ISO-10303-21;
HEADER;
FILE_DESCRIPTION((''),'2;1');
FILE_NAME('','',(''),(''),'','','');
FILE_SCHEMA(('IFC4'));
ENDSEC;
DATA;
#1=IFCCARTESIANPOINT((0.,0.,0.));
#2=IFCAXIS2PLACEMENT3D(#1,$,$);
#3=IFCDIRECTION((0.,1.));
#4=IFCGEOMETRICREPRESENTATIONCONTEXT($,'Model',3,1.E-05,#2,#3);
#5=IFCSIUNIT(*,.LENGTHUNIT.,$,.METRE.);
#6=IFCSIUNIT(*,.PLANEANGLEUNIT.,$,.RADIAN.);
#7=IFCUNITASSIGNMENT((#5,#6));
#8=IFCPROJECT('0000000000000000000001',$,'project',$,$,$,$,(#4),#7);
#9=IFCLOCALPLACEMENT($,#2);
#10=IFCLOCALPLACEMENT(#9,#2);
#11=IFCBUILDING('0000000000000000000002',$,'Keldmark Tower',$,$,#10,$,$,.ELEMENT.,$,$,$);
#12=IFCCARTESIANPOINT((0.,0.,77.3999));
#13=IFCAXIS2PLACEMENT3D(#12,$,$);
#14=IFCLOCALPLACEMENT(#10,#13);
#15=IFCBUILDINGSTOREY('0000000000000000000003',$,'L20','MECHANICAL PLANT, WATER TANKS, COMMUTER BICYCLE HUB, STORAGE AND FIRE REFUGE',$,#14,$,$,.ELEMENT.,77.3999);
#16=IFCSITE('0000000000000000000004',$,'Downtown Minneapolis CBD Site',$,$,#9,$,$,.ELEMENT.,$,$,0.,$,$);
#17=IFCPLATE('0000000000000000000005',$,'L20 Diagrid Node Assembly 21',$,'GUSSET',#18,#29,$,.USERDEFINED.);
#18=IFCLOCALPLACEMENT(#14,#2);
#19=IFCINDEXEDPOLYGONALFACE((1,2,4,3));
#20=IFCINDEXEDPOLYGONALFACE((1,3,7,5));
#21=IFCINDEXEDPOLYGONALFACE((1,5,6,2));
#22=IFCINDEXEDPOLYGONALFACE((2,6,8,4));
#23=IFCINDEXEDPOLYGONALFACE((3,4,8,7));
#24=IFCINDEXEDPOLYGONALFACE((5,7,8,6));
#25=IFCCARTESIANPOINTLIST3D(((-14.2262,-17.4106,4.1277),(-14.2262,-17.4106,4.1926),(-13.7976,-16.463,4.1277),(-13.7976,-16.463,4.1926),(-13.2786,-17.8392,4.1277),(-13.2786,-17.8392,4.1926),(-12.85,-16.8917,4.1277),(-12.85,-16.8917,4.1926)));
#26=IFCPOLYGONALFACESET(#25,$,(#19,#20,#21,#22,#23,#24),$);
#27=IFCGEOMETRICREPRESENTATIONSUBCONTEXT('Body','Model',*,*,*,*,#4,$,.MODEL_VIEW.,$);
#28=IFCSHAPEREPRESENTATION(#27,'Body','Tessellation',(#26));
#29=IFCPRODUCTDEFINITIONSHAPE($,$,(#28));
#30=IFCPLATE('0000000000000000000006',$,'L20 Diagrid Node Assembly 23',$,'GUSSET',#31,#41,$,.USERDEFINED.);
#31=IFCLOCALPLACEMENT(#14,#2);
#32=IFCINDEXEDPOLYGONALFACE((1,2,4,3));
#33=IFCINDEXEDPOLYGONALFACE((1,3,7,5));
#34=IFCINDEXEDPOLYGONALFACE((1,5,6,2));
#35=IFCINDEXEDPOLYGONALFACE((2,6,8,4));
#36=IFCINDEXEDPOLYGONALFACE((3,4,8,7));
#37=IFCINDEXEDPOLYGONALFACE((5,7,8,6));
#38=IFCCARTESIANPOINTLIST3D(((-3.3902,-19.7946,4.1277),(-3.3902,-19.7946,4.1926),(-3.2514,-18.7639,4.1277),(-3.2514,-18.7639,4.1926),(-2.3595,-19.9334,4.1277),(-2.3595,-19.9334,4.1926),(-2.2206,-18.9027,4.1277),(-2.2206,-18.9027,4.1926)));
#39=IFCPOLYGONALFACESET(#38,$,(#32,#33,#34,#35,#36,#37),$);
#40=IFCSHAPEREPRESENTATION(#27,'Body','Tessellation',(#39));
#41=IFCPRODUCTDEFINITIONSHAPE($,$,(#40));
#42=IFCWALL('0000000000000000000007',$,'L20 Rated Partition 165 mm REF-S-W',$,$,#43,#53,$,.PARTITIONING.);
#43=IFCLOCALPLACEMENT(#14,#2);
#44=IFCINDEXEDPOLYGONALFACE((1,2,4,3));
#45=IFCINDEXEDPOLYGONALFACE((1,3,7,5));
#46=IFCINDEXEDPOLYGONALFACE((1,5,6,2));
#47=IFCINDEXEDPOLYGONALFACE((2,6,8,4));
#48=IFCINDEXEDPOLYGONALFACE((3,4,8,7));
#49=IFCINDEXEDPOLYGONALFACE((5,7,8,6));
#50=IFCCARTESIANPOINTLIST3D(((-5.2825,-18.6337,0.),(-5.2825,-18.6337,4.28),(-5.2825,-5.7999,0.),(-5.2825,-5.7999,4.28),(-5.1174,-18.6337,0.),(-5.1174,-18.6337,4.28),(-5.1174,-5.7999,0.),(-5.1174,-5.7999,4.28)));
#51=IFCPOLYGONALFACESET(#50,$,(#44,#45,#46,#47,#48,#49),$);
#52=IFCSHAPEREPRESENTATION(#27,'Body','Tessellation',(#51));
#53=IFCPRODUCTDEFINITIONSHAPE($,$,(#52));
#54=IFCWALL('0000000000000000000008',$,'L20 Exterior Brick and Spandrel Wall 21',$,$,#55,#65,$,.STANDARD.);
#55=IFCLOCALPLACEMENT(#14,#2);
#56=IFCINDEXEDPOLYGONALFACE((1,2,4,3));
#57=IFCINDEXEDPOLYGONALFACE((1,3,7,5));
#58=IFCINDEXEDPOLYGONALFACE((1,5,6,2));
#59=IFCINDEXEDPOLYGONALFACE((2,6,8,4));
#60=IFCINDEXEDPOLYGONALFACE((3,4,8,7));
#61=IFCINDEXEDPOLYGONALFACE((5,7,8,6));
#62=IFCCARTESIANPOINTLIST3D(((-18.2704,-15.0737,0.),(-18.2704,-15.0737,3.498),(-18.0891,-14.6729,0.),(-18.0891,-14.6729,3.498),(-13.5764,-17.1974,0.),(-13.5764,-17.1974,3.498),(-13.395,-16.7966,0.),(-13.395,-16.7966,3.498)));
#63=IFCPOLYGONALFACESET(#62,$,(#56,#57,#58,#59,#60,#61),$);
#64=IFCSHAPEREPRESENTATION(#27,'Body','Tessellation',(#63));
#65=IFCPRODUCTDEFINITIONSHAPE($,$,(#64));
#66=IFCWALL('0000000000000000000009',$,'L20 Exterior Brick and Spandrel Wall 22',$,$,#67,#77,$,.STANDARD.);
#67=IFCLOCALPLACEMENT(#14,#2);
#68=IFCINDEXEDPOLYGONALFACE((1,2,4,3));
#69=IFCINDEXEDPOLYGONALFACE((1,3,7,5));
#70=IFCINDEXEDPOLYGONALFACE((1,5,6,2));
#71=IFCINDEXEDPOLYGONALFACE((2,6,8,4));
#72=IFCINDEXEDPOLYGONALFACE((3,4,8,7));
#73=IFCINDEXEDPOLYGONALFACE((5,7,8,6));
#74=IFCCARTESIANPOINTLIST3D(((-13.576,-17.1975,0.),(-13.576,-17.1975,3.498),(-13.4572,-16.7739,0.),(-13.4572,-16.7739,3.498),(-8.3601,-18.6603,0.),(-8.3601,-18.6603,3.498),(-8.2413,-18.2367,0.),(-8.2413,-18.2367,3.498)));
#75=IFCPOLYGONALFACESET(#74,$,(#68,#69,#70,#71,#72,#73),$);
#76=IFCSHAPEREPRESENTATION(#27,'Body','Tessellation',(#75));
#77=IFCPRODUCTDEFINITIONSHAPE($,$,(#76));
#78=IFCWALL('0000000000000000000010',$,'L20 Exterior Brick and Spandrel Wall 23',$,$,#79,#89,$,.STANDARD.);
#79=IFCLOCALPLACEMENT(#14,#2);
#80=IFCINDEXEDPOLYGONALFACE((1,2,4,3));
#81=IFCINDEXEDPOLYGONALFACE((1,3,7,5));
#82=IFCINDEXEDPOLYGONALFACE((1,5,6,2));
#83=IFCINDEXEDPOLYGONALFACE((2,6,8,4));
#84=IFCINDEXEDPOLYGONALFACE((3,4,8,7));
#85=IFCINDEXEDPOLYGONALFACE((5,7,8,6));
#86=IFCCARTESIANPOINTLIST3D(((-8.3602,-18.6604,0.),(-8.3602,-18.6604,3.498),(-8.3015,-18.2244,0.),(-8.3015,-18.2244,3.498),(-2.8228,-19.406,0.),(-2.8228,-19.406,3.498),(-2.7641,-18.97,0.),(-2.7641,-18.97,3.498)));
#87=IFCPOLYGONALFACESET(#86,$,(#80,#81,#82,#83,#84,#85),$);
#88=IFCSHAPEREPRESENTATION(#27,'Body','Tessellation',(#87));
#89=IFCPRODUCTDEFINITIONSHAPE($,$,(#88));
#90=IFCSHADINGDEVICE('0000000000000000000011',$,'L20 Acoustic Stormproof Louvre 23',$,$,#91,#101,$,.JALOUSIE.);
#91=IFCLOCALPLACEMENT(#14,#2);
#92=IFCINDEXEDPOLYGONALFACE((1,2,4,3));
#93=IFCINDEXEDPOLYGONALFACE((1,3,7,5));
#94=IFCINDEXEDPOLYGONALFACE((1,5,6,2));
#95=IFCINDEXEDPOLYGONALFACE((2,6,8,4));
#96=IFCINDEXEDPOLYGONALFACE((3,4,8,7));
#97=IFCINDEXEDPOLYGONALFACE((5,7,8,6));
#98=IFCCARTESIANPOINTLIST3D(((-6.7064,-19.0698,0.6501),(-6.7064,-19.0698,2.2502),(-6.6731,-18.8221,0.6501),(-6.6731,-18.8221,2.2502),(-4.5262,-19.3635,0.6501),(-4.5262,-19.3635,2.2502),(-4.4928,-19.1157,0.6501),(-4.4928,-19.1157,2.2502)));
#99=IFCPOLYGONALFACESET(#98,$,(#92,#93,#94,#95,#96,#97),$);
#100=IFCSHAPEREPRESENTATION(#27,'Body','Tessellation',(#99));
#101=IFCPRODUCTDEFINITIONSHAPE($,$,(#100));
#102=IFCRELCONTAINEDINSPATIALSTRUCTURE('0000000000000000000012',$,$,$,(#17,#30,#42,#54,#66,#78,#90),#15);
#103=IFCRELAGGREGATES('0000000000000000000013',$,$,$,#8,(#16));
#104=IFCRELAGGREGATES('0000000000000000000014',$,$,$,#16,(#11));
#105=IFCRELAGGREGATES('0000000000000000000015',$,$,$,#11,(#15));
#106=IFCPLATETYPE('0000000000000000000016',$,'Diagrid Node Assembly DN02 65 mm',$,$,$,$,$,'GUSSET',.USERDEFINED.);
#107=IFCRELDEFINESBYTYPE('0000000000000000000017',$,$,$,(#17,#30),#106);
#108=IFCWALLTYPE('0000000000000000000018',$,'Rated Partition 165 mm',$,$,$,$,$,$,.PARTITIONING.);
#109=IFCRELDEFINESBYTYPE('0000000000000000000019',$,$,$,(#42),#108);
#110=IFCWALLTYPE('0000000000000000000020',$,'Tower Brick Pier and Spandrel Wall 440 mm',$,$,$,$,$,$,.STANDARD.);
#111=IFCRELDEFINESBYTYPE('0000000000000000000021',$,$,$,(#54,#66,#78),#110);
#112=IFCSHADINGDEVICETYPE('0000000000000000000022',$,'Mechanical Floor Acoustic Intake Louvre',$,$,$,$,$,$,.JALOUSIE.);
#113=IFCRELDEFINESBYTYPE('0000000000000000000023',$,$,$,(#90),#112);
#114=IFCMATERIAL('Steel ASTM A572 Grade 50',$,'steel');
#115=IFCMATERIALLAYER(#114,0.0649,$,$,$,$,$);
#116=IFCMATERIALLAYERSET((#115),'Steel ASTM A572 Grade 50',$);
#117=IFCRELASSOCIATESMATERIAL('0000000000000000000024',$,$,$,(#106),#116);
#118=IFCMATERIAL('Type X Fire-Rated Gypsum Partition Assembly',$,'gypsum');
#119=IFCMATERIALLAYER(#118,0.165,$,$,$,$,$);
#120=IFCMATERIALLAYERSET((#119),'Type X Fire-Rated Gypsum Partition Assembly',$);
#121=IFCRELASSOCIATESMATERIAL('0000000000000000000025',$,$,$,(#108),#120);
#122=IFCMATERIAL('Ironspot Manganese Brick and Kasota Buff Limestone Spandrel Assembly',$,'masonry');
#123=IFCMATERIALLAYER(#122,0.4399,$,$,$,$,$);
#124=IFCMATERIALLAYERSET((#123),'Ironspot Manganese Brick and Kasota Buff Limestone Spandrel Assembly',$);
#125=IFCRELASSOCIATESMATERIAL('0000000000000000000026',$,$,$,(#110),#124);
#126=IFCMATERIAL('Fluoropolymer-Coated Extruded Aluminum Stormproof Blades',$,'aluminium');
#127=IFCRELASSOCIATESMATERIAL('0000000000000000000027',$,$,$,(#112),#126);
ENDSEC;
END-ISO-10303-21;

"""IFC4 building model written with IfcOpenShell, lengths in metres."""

from ifc_helpers import new_model, si_unit, direction, frame, frame_2d, origin, origin_2d, place, context, subcontext, project, spatial, rectangle, extrude, material, layer, layer_set, type_object, element, save


model = new_model("IFC4")

# Units and contexts
model_context = context("Model", 3, precision=1e-05, world=origin(), true_north=direction((0.0, 1.0)))
body_context = subcontext(model_context, "Body", "Model", "MODEL_VIEW")
ifc_project = project(units=[si_unit("LENGTHUNIT", "METRE"), si_unit("PLANEANGLEUNIT", "RADIAN")], contexts=[model_context])

# Site, building, storey
site_placement = place(None, origin())
site = spatial("IfcSite", under=ifc_project, at=site_placement, Name="Downtown Minneapolis CBD Site", CompositionType="ELEMENT", RefElevation=0.0)
building_placement = place(site_placement, origin())
building = spatial("IfcBuilding", under=site, at=building_placement, Name="Keldmark Tower", CompositionType="ELEMENT")
storey_placement = place(building_placement, frame((0.0, 0.0, 77.3999)))
storey = spatial("IfcBuildingStorey", under=building, at=storey_placement, Name="L20", Description="MECHANICAL PLANT, WATER TANKS, COMMUTER BICYCLE HUB, STORAGE AND FIRE REFUGE", CompositionType="ELEMENT", Elevation=77.3999)

# Plates
ifc_material_1 = material(Name="Steel ASTM A572 Grade 50", Category="steel")
ifc_layer_1 = layer(ifc_material_1, 0.0649)
ifc_layer_set_1 = layer_set([ifc_layer_1], Name="Steel ASTM A572 Grade 50")
plate_type_1 = type_object("IfcPlateType", Name="Diagrid Node Assembly DN02 65 mm", ElementType="GUSSET", PredefinedType="USERDEFINED", material=ifc_layer_set_1)
for number, where, z_axis, x_axis, name in (
    (1, (-13.5381, -17.1511, 4.1277), (0.0, 0.0, 1.0), (0.911116, -0.412151, 0.0), "L20 Diagrid Node Assembly 21"),
    (2, (-2.8054, -19.3486, 4.1277), (0.0, 0.0, 1.0), (0.991053, -0.133467, 0.0), "L20 Diagrid Node Assembly 23"),
):
    element("IfcPlate", number, at=place(storey_placement, frame(where, z_axis=z_axis, x_axis=x_axis)), inside=storey, type_object=plate_type_1, Name=name, ObjectType="GUSSET", PredefinedType="USERDEFINED", context=body_context, shape_type="SweptSolid", body=[
        extrude(rectangle(XDim=1.04, YDim=1.04, at=origin_2d()), origin(), (0.0, 0.0, 1.0), 0.0649),
    ])

# Walls
ifc_material_2 = material(Name="Type X Fire-Rated Gypsum Partition Assembly", Category="gypsum")
ifc_layer_2 = layer(ifc_material_2, 0.165)
ifc_layer_set_2 = layer_set([ifc_layer_2], Name="Type X Fire-Rated Gypsum Partition Assembly")
wall_type_1 = type_object("IfcWallType", Name="Rated Partition 165 mm", PredefinedType="PARTITIONING", material=ifc_layer_set_2)
wall_1_placement = place(storey_placement, frame((-5.2, -18.6338, 0.0), z_axis=(0.0, 0.0, 1.0), x_axis=(0.0, 1.0, 0.0)))
element("IfcWall", 3, at=wall_1_placement, inside=storey, type_object=wall_type_1, Name="L20 Rated Partition 165 mm REF-S-W", PredefinedType="PARTITIONING", context=body_context, shape_type="SweptSolid", body=[
    extrude(rectangle(XDim=12.8337, YDim=0.165, at=frame_2d((6.417, 0.0))), origin(), (0.0, 0.0, 1.0), 4.28),
])
ifc_material_3 = material(Name="Ironspot Manganese Brick and Kasota Buff Limestone Spandrel Assembly", Category="masonry")
ifc_layer_3 = layer(ifc_material_3, 0.4399)
ifc_layer_set_3 = layer_set([ifc_layer_3], Name="Ironspot Manganese Brick and Kasota Buff Limestone Spandrel Assembly")
wall_type_2 = type_object("IfcWallType", Name="Tower Brick Pier and Spandrel Wall 440 mm", PredefinedType="STANDARD", material=ifc_layer_set_3)
wall_2_placement = place(storey_placement, frame((-13.4856, -16.9971, 0.0), z_axis=(0.0, 0.0, 1.0), x_axis=(-0.911089, 0.41221, 0.0)))
element("IfcWall", 4, at=wall_2_placement, inside=storey, type_object=wall_type_2, Name="L20 Exterior Brick and Spandrel Wall 21", PredefinedType="STANDARD", context=body_context, shape_type="SweptSolid", body=[
    extrude(rectangle(XDim=5.1521, YDim=0.4399, at=frame_2d((2.5762, 0.0))), origin(), (0.0, 0.0, 1.0), 3.498),
])
wall_3_placement = place(storey_placement, frame((-8.3008, -18.4485, 0.0), z_axis=(0.0, 0.0, 1.0), x_axis=(-0.962849, 0.270039, 0.0)))
element("IfcWall", 5, at=wall_3_placement, inside=storey, type_object=wall_type_2, Name="L20 Exterior Brick and Spandrel Wall 22", PredefinedType="STANDARD", context=body_context, shape_type="SweptSolid", body=[
    extrude(rectangle(XDim=5.4172, YDim=0.4399, at=frame_2d((2.7085, 0.0))), origin(), (0.0, 0.0, 1.0), 3.498),
])
wall_4_placement = place(storey_placement, frame((-2.7935, -19.188, 0.0), z_axis=(0.0, 0.0, 1.0), x_axis=(-0.991056, 0.133446, 0.0)))
element("IfcWall", 6, at=wall_4_placement, inside=storey, type_object=wall_type_2, Name="L20 Exterior Brick and Spandrel Wall 23", PredefinedType="STANDARD", context=body_context, shape_type="SweptSolid", body=[
    extrude(rectangle(XDim=5.5874, YDim=0.4399, at=frame_2d((2.7937, 0.0))), origin(), (0.0, 0.0, 1.0), 3.498),
])

# Shading device
ifc_material_4 = material(Name="Fluoropolymer-Coated Extruded Aluminum Stormproof Blades", Category="aluminium")
shading_device_type = type_object("IfcShadingDeviceType", Name="Mechanical Floor Acoustic Intake Louvre", PredefinedType="JALOUSIE", material=ifc_material_4)
shading_device_placement = place(storey_placement, frame((-5.5996, -19.0928, 0.6501), z_axis=(0.0, 0.0, 1.0), x_axis=(0.991051, -0.133485, 0.0)))
element("IfcShadingDevice", 7, at=shading_device_placement, inside=storey, type_object=shading_device_type, Name="L20 Acoustic Stormproof Louvre 23", PredefinedType="JALOUSIE", context=body_context, shape_type="SweptSolid", body=[
    extrude(rectangle(XDim=2.2, YDim=0.25, at=origin_2d()), origin(), (0.0, 0.0, 1.0), 1.6001),
])

save(model, "model.ifc")
